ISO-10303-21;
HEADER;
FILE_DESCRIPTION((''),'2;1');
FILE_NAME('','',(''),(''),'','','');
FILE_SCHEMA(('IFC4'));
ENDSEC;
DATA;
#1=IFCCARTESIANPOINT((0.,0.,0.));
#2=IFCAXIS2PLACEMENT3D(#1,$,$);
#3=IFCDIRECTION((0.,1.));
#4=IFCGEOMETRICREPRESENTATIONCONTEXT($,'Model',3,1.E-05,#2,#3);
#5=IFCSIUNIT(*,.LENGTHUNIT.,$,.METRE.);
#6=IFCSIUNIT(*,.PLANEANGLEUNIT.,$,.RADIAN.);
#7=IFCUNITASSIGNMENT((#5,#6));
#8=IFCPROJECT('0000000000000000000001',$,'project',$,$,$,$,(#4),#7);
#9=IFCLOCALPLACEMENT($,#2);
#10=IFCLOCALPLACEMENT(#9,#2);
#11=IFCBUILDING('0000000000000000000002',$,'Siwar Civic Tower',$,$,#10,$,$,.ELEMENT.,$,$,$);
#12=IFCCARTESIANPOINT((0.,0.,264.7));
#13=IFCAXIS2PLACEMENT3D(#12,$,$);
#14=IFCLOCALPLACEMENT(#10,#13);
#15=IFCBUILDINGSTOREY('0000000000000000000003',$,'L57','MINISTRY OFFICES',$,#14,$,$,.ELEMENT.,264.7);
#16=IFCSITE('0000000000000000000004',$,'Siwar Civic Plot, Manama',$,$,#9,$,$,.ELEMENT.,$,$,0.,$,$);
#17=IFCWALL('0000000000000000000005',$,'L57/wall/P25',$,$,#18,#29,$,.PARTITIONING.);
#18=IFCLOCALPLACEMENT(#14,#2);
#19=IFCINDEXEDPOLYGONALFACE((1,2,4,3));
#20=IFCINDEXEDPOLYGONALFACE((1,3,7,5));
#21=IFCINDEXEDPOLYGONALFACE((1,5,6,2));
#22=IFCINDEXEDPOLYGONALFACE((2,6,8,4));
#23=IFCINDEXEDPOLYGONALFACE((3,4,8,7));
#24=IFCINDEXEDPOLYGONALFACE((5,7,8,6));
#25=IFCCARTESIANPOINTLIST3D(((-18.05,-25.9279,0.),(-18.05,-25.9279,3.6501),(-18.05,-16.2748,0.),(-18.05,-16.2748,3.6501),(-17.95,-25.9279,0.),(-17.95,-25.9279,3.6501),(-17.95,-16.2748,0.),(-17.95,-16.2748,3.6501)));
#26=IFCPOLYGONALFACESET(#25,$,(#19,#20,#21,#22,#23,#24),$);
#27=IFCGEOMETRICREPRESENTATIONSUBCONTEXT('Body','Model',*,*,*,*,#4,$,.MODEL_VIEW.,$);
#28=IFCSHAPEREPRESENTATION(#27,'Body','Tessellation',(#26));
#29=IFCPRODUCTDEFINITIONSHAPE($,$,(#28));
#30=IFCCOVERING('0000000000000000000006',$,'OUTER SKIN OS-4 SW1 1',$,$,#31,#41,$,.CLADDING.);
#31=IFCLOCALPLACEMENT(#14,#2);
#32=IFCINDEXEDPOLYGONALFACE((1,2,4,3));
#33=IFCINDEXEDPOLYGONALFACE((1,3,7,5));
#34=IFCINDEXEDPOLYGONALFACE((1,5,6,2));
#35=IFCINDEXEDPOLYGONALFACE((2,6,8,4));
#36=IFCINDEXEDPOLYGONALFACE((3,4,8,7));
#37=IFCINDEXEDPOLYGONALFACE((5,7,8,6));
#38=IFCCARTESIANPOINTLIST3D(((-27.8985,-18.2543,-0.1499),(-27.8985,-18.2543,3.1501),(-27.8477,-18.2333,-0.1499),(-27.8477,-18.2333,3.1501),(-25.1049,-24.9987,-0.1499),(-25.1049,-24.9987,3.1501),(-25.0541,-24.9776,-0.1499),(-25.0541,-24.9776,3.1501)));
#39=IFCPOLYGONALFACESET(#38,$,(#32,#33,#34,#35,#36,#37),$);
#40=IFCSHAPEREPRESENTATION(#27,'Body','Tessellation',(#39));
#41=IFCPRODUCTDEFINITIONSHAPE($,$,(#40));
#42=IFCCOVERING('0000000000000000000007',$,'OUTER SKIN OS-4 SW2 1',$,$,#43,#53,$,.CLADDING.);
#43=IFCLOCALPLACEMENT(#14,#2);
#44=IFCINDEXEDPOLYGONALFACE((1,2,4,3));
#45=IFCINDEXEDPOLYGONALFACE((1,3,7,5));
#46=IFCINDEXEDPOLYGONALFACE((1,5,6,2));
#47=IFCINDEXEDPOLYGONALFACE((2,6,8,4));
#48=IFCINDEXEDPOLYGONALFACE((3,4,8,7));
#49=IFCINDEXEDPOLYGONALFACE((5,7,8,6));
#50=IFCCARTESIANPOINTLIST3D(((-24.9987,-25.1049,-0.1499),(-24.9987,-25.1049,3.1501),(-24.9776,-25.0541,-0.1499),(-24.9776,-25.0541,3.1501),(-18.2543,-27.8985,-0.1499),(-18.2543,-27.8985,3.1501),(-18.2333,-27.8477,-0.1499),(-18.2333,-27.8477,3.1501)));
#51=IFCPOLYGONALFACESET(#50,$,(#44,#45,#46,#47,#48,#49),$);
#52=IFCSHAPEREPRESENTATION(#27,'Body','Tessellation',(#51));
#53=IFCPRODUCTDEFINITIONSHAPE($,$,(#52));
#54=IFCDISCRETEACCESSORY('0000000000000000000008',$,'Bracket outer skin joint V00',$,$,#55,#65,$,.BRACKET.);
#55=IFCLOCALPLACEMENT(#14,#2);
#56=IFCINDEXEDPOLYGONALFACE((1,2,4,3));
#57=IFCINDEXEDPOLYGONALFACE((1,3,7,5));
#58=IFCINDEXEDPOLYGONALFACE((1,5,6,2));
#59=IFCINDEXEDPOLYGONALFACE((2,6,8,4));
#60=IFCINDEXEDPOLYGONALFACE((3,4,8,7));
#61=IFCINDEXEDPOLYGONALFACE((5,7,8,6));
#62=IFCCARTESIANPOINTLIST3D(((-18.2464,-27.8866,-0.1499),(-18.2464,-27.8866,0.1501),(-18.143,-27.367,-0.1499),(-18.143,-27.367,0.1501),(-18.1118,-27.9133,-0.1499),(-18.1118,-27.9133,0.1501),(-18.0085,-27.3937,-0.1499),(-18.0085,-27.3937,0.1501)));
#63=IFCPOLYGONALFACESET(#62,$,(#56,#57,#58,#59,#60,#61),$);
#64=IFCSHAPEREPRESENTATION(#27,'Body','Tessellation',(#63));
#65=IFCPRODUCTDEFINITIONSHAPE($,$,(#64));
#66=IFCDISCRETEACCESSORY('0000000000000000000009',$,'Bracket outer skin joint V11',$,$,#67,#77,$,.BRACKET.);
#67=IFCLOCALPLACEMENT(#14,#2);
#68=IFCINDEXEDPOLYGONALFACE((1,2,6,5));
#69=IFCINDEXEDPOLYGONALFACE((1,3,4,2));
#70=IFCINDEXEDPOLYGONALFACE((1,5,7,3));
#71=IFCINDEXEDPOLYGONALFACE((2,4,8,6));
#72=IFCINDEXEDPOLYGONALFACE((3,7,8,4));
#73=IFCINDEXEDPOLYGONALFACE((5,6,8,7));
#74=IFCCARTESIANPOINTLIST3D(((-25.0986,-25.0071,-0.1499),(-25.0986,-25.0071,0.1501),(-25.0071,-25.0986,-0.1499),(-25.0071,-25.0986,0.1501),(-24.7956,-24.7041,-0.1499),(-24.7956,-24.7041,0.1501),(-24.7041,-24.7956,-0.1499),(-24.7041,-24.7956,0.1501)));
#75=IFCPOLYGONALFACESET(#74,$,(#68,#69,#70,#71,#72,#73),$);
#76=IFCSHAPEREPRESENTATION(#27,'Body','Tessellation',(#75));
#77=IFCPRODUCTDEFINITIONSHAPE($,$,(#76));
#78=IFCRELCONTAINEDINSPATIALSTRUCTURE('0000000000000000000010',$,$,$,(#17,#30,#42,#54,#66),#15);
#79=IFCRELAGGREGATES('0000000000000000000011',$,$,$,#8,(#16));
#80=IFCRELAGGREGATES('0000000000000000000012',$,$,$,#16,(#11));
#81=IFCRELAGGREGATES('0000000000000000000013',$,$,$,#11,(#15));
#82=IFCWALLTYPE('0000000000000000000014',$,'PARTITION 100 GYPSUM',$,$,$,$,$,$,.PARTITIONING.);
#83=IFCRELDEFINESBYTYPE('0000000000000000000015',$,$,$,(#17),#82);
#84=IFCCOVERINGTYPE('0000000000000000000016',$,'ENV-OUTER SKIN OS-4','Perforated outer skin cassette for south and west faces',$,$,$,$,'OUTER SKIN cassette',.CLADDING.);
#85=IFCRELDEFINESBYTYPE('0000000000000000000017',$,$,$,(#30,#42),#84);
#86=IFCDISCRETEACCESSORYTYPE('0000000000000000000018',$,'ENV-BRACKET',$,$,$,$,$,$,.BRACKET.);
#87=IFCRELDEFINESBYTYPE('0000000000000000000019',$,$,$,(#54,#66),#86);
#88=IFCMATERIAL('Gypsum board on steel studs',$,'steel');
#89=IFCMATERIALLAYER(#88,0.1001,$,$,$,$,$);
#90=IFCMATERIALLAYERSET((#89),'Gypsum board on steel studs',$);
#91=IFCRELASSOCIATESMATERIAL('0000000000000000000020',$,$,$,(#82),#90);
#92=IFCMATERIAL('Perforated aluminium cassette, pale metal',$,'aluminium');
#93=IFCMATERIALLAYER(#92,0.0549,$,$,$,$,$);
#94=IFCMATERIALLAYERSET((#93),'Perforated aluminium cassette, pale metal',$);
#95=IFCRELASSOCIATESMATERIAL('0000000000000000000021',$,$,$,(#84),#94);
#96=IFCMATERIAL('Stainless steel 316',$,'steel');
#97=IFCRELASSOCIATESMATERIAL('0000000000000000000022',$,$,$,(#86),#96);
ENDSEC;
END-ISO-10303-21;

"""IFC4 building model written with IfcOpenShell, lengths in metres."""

from ifc_helpers import new_model, si_unit, direction, frame, frame_2d, origin, origin_2d, place, context, subcontext, project, spatial, rectangle, extrude, material, layer, layer_set, type_object, element, save


model = new_model("IFC4")

# Units and contexts
model_context = context("Model", 3, precision=1e-05, world=origin(), true_north=direction((0.0, 1.0)))
body_context = subcontext(model_context, "Body", "Model", "MODEL_VIEW")
ifc_project = project(units=[si_unit("LENGTHUNIT", "METRE"), si_unit("PLANEANGLEUNIT", "RADIAN")], contexts=[model_context])

# Site, building, storey
site_placement = place(None, origin())
site = spatial("IfcSite", under=ifc_project, at=site_placement, Name="Siwar Civic Plot, Manama", CompositionType="ELEMENT", RefElevation=0.0)
building_placement = place(site_placement, origin())
building = spatial("IfcBuilding", under=site, at=building_placement, Name="Siwar Civic Tower", CompositionType="ELEMENT")
storey_placement = place(building_placement, frame((0.0, 0.0, 264.7)))
storey = spatial("IfcBuildingStorey", under=building, at=storey_placement, Name="L57", Description="MINISTRY OFFICES", CompositionType="ELEMENT", Elevation=264.7)

# Shared definitions
ifc_material_1 = material(Name="Gypsum board on steel studs", Category="steel")
ifc_layer_1 = layer(ifc_material_1, 0.1001)
ifc_layer_set_1 = layer_set([ifc_layer_1], Name="Gypsum board on steel studs")
wall_type = type_object("IfcWallType", Name="PARTITION 100 GYPSUM", PredefinedType="PARTITIONING", material=ifc_layer_set_1)

# Wall
wall_1_placement = place(storey_placement, frame((-18.0, -25.928, 0.0), z_axis=(0.0, 0.0, 1.0), x_axis=(0.0, 1.0, 0.0)))
element("IfcWall", 1, at=wall_1_placement, inside=storey, type_object=wall_type, Name="L57/wall/P25", PredefinedType="PARTITIONING", context=body_context, shape_type="SweptSolid", body=[
    extrude(rectangle(XDim=9.6531, YDim=0.1001, at=frame_2d((4.8267, 0.0))), origin(), (0.0, 0.0, 1.0), 3.6501),
])

# Coverings
ifc_material_2 = material(Name="Perforated aluminium cassette, pale metal", Category="aluminium")
ifc_layer_2 = layer(ifc_material_2, 0.0549)
ifc_layer_set_2 = layer_set([ifc_layer_2], Name="Perforated aluminium cassette, pale metal")
covering_type = type_object("IfcCoveringType", Name="ENV-OUTER SKIN OS-4", Description="Perforated outer skin cassette for south and west faces", ElementType="OUTER SKIN cassette", PredefinedType="CLADDING", material=ifc_layer_set_2)
for number, where, z_axis, x_axis, name in (
    (2, (-26.4763, -21.616, -0.1499), (0.0, 0.0, 1.0), (0.382683, -0.92388, 0.0), "OUTER SKIN OS-4 SW1 1"),
    (3, (-21.616, -26.4763, -0.1499), (0.0, 0.0, 1.0), (0.92388, -0.382683, 0.0), "OUTER SKIN OS-4 SW2 1"),
):
    element("IfcCovering", number, at=place(storey_placement, frame(where, z_axis=z_axis, x_axis=x_axis)), inside=storey, type_object=covering_type, Name=name, PredefinedType="CLADDING", context=body_context, shape_type="SweptSolid", body=[
        extrude(rectangle(XDim=7.3, YDim=0.0549, at=origin_2d()), origin(), (0.0, 0.0, 1.0), 3.3),
    ])

# Discrete accessories
ifc_material_3 = material(Name="Stainless steel 316", Category="steel")
discrete_accessory_type = type_object("IfcDiscreteAccessoryType", Name="ENV-BRACKET", PredefinedType="BRACKET", material=ifc_material_3)
discrete_accessory_1_placement = place(storey_placement, frame((-18.1274, -27.6401, -0.1499), z_axis=(0.0, 0.0, 1.0), x_axis=(-0.19509, -0.980785, 0.0)))
element("IfcDiscreteAccessory", 4, at=discrete_accessory_1_placement, inside=storey, type_object=discrete_accessory_type, Name="Bracket outer skin joint V00", PredefinedType="BRACKET", context=body_context, shape_type="SweptSolid", body=[
    extrude(rectangle(XDim=0.5298, YDim=0.1372, at=origin_2d()), origin(), (0.0, 0.0, 1.0), 0.3),
])
discrete_accessory_2_placement = place(storey_placement, frame((-24.9014, -24.9014, -0.1499), z_axis=(0.0, 0.0, 1.0), x_axis=(-0.707107, -0.707107, 0.0)))
element("IfcDiscreteAccessory", 5, at=discrete_accessory_2_placement, inside=storey, type_object=discrete_accessory_type, Name="Bracket outer skin joint V11", PredefinedType="BRACKET", context=body_context, shape_type="SweptSolid", body=[
    extrude(rectangle(XDim=0.4285, YDim=0.1294, at=origin_2d()), origin(), (0.0, 0.0, 1.0), 0.3),
])

save(model, "model.ifc")
